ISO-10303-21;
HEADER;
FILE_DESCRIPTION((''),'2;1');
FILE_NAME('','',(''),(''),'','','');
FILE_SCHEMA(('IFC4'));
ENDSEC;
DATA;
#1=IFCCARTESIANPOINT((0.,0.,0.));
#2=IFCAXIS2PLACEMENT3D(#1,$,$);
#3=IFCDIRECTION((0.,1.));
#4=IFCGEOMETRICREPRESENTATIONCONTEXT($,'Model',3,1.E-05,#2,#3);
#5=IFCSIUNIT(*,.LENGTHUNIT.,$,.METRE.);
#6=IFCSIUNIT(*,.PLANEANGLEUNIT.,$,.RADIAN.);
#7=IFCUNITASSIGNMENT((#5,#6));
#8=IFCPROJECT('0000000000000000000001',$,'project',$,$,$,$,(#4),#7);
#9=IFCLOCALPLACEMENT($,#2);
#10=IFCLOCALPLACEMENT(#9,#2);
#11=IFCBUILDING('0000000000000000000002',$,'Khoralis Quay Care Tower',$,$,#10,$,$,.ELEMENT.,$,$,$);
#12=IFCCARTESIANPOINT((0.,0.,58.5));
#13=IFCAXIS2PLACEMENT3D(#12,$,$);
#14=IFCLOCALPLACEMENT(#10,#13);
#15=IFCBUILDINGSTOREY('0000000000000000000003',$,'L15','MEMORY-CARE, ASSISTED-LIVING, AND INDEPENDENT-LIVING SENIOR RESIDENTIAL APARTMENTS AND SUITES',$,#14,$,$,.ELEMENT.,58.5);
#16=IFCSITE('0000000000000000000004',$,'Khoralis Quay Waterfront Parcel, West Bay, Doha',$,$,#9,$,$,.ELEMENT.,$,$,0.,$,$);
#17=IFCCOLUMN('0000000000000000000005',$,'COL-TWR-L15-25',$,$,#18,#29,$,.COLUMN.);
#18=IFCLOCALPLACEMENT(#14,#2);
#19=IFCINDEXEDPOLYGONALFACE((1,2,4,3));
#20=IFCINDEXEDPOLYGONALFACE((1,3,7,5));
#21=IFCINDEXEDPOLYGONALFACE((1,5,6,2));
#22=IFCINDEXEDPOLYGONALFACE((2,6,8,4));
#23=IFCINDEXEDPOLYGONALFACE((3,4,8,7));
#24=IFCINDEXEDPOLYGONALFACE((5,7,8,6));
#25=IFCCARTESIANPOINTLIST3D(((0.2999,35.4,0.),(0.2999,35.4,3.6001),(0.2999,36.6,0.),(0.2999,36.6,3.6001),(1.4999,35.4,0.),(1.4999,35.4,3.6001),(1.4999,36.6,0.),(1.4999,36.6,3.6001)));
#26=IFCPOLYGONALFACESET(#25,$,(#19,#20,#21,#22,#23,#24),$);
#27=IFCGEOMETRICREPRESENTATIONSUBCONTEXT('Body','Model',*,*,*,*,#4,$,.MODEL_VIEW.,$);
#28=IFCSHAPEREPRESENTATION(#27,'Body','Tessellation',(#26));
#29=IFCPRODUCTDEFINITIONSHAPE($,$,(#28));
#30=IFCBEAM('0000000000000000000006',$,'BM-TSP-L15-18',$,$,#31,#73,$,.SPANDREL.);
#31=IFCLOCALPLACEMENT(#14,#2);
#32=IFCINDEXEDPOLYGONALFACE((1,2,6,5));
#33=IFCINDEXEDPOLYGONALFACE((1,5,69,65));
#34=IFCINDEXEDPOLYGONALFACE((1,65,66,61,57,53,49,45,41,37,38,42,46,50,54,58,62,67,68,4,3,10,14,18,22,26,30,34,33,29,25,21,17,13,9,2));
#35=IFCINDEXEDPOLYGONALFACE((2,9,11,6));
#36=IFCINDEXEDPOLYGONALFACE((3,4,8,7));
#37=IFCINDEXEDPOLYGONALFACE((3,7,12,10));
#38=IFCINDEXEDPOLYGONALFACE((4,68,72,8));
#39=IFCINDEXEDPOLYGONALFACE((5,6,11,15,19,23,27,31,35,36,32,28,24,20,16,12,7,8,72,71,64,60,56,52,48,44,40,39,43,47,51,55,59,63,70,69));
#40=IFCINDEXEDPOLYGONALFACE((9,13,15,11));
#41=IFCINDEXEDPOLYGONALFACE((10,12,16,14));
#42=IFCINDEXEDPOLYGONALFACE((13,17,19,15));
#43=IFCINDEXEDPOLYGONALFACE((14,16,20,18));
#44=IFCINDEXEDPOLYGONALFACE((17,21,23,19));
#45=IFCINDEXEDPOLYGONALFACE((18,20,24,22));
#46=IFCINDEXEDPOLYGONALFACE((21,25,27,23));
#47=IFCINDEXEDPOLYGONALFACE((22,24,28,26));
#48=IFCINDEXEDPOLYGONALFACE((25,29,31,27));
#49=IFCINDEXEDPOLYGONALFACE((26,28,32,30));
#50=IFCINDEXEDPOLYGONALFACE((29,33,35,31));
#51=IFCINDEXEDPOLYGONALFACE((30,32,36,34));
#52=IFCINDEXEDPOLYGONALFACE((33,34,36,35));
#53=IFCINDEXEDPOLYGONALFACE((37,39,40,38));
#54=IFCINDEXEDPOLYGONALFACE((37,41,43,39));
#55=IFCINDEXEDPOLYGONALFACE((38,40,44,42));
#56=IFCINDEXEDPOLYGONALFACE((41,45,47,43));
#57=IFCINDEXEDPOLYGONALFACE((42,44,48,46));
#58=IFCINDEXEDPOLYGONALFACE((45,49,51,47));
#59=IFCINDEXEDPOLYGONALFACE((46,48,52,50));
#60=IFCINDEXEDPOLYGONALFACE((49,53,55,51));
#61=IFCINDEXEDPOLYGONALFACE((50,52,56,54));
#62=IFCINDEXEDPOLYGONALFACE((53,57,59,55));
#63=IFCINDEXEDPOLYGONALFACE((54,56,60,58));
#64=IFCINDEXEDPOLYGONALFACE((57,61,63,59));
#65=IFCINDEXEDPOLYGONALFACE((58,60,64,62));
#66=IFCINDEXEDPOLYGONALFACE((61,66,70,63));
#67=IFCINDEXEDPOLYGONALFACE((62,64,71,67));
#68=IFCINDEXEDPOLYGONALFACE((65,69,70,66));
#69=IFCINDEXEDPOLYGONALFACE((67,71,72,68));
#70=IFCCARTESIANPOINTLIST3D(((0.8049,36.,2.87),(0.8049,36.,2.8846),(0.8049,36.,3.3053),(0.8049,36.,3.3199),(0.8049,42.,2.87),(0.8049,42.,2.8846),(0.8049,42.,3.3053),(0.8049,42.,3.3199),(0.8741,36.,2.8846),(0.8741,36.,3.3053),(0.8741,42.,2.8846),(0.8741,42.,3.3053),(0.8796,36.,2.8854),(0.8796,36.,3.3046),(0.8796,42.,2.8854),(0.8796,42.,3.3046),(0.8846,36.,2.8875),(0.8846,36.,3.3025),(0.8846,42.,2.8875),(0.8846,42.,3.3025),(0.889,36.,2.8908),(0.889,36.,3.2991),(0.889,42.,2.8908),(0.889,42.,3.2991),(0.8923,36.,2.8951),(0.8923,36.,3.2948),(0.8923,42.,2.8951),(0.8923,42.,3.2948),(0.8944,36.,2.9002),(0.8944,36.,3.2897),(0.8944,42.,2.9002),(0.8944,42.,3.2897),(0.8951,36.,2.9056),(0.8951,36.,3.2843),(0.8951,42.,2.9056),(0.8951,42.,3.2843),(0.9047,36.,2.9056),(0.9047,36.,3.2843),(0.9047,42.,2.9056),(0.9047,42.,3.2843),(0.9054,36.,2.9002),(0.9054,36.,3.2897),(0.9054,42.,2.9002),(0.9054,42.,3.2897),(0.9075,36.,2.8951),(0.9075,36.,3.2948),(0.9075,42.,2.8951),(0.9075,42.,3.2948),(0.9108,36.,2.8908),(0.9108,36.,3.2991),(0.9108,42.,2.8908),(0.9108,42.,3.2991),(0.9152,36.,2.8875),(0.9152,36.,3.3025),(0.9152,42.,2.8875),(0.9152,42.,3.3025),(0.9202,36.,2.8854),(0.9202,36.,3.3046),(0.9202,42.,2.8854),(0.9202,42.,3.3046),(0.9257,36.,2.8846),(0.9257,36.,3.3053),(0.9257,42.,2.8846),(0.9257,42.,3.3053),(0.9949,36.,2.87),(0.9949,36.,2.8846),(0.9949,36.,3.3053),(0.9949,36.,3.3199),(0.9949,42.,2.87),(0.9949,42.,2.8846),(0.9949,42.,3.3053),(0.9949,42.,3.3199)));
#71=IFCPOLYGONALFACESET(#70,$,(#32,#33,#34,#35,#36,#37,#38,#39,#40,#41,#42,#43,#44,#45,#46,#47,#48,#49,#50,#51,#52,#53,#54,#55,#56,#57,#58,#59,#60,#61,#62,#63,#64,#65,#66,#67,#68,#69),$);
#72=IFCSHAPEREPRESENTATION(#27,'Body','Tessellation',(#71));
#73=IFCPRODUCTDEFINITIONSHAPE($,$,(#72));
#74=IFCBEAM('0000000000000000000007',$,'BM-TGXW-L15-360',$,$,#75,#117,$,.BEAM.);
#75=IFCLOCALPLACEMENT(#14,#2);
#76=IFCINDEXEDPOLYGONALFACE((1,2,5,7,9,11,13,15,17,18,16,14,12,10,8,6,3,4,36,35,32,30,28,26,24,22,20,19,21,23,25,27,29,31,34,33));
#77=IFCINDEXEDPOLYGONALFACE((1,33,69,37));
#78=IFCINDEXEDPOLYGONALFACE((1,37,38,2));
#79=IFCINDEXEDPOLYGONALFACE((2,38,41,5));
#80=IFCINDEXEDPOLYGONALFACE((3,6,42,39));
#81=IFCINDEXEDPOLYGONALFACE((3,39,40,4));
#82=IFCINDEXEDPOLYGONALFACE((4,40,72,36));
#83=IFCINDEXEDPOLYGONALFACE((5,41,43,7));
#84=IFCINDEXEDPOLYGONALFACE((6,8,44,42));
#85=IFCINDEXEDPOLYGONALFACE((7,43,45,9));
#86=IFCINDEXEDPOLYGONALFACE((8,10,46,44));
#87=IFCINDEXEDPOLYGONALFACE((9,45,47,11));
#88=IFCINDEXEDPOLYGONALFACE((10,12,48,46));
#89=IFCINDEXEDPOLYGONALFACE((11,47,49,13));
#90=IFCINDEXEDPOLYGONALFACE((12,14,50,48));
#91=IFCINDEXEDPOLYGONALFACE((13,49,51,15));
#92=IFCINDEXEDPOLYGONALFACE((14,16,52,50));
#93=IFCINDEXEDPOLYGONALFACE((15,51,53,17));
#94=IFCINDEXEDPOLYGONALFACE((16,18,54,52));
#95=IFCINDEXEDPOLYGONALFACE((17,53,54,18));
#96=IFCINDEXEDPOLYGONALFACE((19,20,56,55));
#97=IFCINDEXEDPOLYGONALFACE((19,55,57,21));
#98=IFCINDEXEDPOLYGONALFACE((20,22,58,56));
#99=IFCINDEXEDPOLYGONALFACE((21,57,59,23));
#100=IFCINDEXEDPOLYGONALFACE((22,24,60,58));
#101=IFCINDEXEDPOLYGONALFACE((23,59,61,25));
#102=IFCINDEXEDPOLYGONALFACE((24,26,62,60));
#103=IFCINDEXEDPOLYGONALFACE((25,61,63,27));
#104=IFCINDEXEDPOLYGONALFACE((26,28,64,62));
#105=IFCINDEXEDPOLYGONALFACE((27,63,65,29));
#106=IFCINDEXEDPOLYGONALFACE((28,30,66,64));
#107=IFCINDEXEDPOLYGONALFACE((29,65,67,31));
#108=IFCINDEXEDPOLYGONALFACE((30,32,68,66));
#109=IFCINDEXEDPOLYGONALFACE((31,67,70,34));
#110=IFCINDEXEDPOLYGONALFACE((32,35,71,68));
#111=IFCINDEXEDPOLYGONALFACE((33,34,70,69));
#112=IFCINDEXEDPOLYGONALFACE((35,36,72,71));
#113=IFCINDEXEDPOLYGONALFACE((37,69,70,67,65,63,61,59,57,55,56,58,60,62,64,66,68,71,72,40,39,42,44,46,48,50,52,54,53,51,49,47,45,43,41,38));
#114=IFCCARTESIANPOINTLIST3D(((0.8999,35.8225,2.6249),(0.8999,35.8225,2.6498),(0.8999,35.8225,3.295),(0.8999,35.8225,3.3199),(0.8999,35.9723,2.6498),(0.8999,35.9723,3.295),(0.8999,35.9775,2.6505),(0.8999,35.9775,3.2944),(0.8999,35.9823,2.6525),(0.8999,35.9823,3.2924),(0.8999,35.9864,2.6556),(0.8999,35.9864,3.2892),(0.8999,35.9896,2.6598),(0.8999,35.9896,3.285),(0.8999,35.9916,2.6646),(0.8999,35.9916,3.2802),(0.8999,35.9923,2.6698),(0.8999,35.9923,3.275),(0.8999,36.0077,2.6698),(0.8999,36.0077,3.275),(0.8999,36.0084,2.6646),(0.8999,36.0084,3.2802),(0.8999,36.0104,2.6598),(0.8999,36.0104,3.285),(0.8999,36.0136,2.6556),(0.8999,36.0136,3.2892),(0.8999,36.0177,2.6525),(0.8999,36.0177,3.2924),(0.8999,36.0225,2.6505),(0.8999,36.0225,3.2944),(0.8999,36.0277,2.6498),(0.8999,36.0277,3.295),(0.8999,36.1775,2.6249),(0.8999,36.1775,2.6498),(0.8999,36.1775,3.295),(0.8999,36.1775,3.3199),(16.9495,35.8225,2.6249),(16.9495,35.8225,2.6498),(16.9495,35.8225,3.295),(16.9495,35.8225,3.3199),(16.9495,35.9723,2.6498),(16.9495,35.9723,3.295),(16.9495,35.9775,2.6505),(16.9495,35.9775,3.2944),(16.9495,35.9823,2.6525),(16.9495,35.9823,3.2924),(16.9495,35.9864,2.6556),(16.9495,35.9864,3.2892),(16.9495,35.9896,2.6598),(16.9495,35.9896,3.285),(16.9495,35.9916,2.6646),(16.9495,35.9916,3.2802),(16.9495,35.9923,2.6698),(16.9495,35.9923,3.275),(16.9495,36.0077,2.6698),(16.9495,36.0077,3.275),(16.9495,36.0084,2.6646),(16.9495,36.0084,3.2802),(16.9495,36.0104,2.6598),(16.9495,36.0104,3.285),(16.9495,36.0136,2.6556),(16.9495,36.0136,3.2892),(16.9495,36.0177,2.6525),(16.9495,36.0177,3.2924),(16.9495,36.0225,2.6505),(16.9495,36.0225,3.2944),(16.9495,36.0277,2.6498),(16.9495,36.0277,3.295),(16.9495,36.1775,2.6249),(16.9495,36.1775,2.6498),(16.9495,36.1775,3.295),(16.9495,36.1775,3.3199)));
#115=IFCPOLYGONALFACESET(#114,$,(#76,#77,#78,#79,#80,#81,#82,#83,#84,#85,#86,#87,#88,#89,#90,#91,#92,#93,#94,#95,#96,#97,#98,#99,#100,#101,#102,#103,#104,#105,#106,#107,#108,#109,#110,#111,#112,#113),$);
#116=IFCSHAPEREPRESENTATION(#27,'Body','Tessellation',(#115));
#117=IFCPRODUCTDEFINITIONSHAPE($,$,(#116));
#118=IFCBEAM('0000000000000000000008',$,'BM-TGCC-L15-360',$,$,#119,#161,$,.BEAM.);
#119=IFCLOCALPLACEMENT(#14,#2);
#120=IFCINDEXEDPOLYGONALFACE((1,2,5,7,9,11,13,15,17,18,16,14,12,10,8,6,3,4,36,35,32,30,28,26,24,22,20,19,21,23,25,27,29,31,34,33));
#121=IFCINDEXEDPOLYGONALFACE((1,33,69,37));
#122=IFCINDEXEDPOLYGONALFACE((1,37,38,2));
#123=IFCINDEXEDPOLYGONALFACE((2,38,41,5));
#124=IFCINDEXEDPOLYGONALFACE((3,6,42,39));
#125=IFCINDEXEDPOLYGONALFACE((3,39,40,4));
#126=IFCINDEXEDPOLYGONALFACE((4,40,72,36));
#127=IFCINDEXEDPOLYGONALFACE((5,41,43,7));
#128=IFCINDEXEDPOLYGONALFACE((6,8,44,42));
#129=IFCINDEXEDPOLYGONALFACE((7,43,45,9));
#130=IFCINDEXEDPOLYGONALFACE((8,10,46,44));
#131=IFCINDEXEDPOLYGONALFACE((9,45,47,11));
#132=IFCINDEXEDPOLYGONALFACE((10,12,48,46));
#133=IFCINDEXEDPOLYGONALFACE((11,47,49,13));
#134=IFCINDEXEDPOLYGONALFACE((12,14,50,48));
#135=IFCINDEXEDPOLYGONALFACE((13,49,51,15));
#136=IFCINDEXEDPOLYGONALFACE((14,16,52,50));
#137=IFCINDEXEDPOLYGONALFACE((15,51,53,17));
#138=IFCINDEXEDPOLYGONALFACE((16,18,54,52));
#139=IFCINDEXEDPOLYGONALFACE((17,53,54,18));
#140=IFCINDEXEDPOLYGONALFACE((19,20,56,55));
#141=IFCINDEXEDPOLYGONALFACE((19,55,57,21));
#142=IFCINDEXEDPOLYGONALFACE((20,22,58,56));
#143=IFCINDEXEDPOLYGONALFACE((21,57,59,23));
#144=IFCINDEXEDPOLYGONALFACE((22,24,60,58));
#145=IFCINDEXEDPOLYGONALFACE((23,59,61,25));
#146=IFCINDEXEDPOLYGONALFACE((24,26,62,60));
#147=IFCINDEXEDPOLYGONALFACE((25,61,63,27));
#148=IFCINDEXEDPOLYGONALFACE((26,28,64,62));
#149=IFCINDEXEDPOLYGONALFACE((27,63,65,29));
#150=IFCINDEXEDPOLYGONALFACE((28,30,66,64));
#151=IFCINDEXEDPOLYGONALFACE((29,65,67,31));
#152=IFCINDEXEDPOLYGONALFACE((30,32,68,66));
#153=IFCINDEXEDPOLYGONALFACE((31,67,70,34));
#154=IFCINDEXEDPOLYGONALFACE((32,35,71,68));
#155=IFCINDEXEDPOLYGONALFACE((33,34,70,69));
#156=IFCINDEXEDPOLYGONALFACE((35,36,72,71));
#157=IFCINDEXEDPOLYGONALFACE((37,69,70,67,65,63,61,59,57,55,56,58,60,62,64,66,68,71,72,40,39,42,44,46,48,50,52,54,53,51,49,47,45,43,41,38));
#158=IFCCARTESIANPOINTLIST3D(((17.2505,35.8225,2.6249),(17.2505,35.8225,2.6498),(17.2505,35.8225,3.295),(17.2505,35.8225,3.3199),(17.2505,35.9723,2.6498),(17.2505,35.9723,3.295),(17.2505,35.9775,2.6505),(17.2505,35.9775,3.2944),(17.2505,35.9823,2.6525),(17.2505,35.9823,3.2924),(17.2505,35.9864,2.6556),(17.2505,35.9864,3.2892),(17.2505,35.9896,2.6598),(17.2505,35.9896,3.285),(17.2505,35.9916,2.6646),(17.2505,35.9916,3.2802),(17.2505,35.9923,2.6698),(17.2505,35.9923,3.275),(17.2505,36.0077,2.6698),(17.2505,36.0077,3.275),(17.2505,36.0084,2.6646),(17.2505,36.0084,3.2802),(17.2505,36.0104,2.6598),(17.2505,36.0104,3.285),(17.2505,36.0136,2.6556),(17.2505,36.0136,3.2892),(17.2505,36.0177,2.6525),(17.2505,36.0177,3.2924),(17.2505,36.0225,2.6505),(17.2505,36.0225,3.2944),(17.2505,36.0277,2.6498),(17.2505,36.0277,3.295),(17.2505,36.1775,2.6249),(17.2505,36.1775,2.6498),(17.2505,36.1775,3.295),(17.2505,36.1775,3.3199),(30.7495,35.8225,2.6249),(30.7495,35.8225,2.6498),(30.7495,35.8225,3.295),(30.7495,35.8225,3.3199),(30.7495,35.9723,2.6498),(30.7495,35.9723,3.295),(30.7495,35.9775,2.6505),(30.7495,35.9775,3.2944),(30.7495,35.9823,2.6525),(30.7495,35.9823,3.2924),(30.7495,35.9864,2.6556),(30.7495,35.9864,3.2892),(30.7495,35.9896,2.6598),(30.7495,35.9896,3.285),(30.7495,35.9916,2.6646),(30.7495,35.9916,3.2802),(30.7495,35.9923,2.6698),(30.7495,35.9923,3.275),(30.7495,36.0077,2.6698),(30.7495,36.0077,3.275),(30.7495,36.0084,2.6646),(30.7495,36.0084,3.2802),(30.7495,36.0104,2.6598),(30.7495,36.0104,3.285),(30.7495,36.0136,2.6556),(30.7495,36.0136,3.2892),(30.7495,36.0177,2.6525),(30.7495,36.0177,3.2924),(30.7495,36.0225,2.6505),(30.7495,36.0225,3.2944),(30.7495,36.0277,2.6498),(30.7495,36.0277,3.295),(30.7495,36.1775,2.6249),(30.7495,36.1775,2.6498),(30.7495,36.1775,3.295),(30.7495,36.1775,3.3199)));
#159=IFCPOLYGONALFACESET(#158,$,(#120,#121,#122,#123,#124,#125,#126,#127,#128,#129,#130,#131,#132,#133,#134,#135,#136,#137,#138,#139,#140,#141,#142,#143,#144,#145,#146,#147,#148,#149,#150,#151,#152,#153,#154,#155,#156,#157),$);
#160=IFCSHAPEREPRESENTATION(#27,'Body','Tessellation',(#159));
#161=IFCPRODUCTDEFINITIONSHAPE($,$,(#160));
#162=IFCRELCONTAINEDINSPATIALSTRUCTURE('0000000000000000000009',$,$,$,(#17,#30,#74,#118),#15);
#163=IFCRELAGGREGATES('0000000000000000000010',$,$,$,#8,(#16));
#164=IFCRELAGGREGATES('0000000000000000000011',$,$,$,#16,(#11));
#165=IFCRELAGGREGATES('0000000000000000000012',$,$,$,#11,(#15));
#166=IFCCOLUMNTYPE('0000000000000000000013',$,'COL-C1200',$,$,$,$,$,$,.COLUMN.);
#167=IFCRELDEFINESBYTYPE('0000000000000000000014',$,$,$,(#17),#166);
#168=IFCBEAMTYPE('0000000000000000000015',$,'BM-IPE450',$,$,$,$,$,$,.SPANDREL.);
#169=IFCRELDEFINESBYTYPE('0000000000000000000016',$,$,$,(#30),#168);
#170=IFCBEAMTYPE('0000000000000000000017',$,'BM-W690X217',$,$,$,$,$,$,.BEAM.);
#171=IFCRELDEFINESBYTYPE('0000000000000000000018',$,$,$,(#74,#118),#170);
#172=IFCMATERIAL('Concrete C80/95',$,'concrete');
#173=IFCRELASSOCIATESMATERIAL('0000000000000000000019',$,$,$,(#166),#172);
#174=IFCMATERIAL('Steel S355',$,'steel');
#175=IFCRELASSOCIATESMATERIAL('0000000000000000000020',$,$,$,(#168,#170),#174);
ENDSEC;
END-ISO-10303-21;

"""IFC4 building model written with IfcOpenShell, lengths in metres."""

from ifc_helpers import new_model, si_unit, direction, frame, origin, origin_2d, place, context, subcontext, project, spatial, rectangle, i_section, extrude, source, transform, mapped, material, material_profile, profile_set, type_object, element, save


model = new_model("IFC4")

# Units and contexts
model_context = context("Model", 3, precision=1e-05, world=origin(), true_north=direction((0.0, 1.0)))
body_context = subcontext(model_context, "Body", "Model", "MODEL_VIEW")
ifc_project = project(units=[si_unit("LENGTHUNIT", "METRE"), si_unit("PLANEANGLEUNIT", "RADIAN")], contexts=[model_context])

# Site, building, storey
site_placement = place(None, origin())
site = spatial("IfcSite", under=ifc_project, at=site_placement, Name="Khoralis Quay Waterfront Parcel, West Bay, Doha", CompositionType="ELEMENT", RefElevation=0.0)
building_placement = place(site_placement, origin())
building = spatial("IfcBuilding", under=site, at=building_placement, Name="Khoralis Quay Care Tower", CompositionType="ELEMENT")
storey_placement = place(building_placement, frame((0.0, 0.0, 58.5)))
storey = spatial("IfcBuildingStorey", under=building, at=storey_placement, Name="L15", Description="MEMORY-CARE, ASSISTED-LIVING, AND INDEPENDENT-LIVING SENIOR RESIDENTIAL APARTMENTS AND SUITES", CompositionType="ELEMENT", Elevation=58.5)

# Column
ifc_material_1 = material(Name="Concrete C80/95", Category="concrete")
ifc_material_profile_1 = material_profile(ifc_material_1, rectangle(XDim=1.2, YDim=1.2, at=origin_2d()), Name="Concrete C80/95")
ifc_profile_set_1 = profile_set([ifc_material_profile_1], Name="Concrete C80/95")
column_type = type_object("IfcColumnType", Name="COL-C1200", PredefinedType="COLUMN", material=ifc_profile_set_1)
shared_shape_1 = source(origin(), body_context, "Body", "SweptSolid", [
    extrude(rectangle(XDim=1.2, YDim=1.2, at=origin_2d()), origin(), (0.0, 0.0, 1.0), 3.6001),
])
column_placement = place(storey_placement, frame((0.8999, 36.0, 0.0), z_axis=(0.0, 0.0, 1.0), x_axis=(1.0, 0.0, 0.0)))
element("IfcColumn", 1, at=column_placement, inside=storey, type_object=column_type, Name="COL-TWR-L15-25", PredefinedType="COLUMN", context=body_context, shape_type="MappedRepresentation", body=[
    mapped(shared_shape_1, transform((0.0, 0.0, 0.0), scale=1.0)),
])

# Beams
ifc_material_2 = material(Name="Steel S355", Category="steel")
ifc_material_profile_2 = material_profile(ifc_material_2, i_section(OverallWidth=0.1899, OverallDepth=0.45, WebThickness=0.0095, FlangeThickness=0.0146, FilletRadius=0.021, at=origin_2d()), Name="Steel S355")
ifc_profile_set_2 = profile_set([ifc_material_profile_2], Name="Steel S355")
beam_type_1 = type_object("IfcBeamType", Name="BM-IPE450", PredefinedType="SPANDREL", material=ifc_profile_set_2)
shared_shape_2 = source(origin(), body_context, "Body", "SweptSolid", [
    extrude(i_section(OverallWidth=0.1899, OverallDepth=0.45, WebThickness=0.0095, FlangeThickness=0.0146, FilletRadius=0.021, at=origin_2d()), origin(), (0.0, 0.0, 1.0), 6.0),
])
beam_1_placement = place(storey_placement, frame((0.8999, 36.0, 3.095), z_axis=(0.0, 1.0, 0.0), x_axis=(-1.0, 0.0, 0.0)))
element("IfcBeam", 2, at=beam_1_placement, inside=storey, type_object=beam_type_1, Name="BM-TSP-L15-18", PredefinedType="SPANDREL", context=body_context, shape_type="MappedRepresentation", body=[
    mapped(shared_shape_2, transform((0.0, 0.0, 0.0), scale=1.0)),
])
ifc_material_profile_3 = material_profile(ifc_material_2, i_section(OverallWidth=0.355, OverallDepth=0.6951, WebThickness=0.0154, FlangeThickness=0.0249, FilletRadius=0.02, at=origin_2d()), Name="Steel S355")
ifc_profile_set_3 = profile_set([ifc_material_profile_3], Name="Steel S355")
beam_type_2 = type_object("IfcBeamType", Name="BM-W690X217", PredefinedType="BEAM", material=ifc_profile_set_3)
shared_shape_3 = source(origin(), body_context, "Body", "SweptSolid", [
    extrude(i_section(OverallWidth=0.355, OverallDepth=0.6951, WebThickness=0.0154, FlangeThickness=0.0249, FilletRadius=0.02, at=origin_2d()), origin(), (0.0, 0.0, 1.0), 16.0496),
])
beam_2_placement = place(storey_placement, frame((0.8999, 36.0, 2.9724), z_axis=(1.0, 0.0, 0.0), x_axis=(0.0, 1.0, 0.0)))
element("IfcBeam", 3, at=beam_2_placement, inside=storey, type_object=beam_type_2, Name="BM-TGXW-L15-360", PredefinedType="BEAM", context=body_context, shape_type="MappedRepresentation", body=[
    mapped(shared_shape_3, transform((0.0, 0.0, 0.0), scale=1.0)),
])
shared_shape_4 = source(origin(), body_context, "Body", "SweptSolid", [
    extrude(i_section(OverallWidth=0.355, OverallDepth=0.6951, WebThickness=0.0154, FlangeThickness=0.0249, FilletRadius=0.02, at=origin_2d()), origin(), (0.0, 0.0, 1.0), 13.499),
])
beam_3_placement = place(storey_placement, frame((17.2505, 36.0, 2.9724), z_axis=(1.0, 0.0, 0.0), x_axis=(0.0, 1.0, 0.0)))
element("IfcBeam", 4, at=beam_3_placement, inside=storey, type_object=beam_type_2, Name="BM-TGCC-L15-360", PredefinedType="BEAM", context=body_context, shape_type="MappedRepresentation", body=[
    mapped(shared_shape_4, transform((0.0, 0.0, 0.0), scale=1.0)),
])

save(model, "model.ifc")
